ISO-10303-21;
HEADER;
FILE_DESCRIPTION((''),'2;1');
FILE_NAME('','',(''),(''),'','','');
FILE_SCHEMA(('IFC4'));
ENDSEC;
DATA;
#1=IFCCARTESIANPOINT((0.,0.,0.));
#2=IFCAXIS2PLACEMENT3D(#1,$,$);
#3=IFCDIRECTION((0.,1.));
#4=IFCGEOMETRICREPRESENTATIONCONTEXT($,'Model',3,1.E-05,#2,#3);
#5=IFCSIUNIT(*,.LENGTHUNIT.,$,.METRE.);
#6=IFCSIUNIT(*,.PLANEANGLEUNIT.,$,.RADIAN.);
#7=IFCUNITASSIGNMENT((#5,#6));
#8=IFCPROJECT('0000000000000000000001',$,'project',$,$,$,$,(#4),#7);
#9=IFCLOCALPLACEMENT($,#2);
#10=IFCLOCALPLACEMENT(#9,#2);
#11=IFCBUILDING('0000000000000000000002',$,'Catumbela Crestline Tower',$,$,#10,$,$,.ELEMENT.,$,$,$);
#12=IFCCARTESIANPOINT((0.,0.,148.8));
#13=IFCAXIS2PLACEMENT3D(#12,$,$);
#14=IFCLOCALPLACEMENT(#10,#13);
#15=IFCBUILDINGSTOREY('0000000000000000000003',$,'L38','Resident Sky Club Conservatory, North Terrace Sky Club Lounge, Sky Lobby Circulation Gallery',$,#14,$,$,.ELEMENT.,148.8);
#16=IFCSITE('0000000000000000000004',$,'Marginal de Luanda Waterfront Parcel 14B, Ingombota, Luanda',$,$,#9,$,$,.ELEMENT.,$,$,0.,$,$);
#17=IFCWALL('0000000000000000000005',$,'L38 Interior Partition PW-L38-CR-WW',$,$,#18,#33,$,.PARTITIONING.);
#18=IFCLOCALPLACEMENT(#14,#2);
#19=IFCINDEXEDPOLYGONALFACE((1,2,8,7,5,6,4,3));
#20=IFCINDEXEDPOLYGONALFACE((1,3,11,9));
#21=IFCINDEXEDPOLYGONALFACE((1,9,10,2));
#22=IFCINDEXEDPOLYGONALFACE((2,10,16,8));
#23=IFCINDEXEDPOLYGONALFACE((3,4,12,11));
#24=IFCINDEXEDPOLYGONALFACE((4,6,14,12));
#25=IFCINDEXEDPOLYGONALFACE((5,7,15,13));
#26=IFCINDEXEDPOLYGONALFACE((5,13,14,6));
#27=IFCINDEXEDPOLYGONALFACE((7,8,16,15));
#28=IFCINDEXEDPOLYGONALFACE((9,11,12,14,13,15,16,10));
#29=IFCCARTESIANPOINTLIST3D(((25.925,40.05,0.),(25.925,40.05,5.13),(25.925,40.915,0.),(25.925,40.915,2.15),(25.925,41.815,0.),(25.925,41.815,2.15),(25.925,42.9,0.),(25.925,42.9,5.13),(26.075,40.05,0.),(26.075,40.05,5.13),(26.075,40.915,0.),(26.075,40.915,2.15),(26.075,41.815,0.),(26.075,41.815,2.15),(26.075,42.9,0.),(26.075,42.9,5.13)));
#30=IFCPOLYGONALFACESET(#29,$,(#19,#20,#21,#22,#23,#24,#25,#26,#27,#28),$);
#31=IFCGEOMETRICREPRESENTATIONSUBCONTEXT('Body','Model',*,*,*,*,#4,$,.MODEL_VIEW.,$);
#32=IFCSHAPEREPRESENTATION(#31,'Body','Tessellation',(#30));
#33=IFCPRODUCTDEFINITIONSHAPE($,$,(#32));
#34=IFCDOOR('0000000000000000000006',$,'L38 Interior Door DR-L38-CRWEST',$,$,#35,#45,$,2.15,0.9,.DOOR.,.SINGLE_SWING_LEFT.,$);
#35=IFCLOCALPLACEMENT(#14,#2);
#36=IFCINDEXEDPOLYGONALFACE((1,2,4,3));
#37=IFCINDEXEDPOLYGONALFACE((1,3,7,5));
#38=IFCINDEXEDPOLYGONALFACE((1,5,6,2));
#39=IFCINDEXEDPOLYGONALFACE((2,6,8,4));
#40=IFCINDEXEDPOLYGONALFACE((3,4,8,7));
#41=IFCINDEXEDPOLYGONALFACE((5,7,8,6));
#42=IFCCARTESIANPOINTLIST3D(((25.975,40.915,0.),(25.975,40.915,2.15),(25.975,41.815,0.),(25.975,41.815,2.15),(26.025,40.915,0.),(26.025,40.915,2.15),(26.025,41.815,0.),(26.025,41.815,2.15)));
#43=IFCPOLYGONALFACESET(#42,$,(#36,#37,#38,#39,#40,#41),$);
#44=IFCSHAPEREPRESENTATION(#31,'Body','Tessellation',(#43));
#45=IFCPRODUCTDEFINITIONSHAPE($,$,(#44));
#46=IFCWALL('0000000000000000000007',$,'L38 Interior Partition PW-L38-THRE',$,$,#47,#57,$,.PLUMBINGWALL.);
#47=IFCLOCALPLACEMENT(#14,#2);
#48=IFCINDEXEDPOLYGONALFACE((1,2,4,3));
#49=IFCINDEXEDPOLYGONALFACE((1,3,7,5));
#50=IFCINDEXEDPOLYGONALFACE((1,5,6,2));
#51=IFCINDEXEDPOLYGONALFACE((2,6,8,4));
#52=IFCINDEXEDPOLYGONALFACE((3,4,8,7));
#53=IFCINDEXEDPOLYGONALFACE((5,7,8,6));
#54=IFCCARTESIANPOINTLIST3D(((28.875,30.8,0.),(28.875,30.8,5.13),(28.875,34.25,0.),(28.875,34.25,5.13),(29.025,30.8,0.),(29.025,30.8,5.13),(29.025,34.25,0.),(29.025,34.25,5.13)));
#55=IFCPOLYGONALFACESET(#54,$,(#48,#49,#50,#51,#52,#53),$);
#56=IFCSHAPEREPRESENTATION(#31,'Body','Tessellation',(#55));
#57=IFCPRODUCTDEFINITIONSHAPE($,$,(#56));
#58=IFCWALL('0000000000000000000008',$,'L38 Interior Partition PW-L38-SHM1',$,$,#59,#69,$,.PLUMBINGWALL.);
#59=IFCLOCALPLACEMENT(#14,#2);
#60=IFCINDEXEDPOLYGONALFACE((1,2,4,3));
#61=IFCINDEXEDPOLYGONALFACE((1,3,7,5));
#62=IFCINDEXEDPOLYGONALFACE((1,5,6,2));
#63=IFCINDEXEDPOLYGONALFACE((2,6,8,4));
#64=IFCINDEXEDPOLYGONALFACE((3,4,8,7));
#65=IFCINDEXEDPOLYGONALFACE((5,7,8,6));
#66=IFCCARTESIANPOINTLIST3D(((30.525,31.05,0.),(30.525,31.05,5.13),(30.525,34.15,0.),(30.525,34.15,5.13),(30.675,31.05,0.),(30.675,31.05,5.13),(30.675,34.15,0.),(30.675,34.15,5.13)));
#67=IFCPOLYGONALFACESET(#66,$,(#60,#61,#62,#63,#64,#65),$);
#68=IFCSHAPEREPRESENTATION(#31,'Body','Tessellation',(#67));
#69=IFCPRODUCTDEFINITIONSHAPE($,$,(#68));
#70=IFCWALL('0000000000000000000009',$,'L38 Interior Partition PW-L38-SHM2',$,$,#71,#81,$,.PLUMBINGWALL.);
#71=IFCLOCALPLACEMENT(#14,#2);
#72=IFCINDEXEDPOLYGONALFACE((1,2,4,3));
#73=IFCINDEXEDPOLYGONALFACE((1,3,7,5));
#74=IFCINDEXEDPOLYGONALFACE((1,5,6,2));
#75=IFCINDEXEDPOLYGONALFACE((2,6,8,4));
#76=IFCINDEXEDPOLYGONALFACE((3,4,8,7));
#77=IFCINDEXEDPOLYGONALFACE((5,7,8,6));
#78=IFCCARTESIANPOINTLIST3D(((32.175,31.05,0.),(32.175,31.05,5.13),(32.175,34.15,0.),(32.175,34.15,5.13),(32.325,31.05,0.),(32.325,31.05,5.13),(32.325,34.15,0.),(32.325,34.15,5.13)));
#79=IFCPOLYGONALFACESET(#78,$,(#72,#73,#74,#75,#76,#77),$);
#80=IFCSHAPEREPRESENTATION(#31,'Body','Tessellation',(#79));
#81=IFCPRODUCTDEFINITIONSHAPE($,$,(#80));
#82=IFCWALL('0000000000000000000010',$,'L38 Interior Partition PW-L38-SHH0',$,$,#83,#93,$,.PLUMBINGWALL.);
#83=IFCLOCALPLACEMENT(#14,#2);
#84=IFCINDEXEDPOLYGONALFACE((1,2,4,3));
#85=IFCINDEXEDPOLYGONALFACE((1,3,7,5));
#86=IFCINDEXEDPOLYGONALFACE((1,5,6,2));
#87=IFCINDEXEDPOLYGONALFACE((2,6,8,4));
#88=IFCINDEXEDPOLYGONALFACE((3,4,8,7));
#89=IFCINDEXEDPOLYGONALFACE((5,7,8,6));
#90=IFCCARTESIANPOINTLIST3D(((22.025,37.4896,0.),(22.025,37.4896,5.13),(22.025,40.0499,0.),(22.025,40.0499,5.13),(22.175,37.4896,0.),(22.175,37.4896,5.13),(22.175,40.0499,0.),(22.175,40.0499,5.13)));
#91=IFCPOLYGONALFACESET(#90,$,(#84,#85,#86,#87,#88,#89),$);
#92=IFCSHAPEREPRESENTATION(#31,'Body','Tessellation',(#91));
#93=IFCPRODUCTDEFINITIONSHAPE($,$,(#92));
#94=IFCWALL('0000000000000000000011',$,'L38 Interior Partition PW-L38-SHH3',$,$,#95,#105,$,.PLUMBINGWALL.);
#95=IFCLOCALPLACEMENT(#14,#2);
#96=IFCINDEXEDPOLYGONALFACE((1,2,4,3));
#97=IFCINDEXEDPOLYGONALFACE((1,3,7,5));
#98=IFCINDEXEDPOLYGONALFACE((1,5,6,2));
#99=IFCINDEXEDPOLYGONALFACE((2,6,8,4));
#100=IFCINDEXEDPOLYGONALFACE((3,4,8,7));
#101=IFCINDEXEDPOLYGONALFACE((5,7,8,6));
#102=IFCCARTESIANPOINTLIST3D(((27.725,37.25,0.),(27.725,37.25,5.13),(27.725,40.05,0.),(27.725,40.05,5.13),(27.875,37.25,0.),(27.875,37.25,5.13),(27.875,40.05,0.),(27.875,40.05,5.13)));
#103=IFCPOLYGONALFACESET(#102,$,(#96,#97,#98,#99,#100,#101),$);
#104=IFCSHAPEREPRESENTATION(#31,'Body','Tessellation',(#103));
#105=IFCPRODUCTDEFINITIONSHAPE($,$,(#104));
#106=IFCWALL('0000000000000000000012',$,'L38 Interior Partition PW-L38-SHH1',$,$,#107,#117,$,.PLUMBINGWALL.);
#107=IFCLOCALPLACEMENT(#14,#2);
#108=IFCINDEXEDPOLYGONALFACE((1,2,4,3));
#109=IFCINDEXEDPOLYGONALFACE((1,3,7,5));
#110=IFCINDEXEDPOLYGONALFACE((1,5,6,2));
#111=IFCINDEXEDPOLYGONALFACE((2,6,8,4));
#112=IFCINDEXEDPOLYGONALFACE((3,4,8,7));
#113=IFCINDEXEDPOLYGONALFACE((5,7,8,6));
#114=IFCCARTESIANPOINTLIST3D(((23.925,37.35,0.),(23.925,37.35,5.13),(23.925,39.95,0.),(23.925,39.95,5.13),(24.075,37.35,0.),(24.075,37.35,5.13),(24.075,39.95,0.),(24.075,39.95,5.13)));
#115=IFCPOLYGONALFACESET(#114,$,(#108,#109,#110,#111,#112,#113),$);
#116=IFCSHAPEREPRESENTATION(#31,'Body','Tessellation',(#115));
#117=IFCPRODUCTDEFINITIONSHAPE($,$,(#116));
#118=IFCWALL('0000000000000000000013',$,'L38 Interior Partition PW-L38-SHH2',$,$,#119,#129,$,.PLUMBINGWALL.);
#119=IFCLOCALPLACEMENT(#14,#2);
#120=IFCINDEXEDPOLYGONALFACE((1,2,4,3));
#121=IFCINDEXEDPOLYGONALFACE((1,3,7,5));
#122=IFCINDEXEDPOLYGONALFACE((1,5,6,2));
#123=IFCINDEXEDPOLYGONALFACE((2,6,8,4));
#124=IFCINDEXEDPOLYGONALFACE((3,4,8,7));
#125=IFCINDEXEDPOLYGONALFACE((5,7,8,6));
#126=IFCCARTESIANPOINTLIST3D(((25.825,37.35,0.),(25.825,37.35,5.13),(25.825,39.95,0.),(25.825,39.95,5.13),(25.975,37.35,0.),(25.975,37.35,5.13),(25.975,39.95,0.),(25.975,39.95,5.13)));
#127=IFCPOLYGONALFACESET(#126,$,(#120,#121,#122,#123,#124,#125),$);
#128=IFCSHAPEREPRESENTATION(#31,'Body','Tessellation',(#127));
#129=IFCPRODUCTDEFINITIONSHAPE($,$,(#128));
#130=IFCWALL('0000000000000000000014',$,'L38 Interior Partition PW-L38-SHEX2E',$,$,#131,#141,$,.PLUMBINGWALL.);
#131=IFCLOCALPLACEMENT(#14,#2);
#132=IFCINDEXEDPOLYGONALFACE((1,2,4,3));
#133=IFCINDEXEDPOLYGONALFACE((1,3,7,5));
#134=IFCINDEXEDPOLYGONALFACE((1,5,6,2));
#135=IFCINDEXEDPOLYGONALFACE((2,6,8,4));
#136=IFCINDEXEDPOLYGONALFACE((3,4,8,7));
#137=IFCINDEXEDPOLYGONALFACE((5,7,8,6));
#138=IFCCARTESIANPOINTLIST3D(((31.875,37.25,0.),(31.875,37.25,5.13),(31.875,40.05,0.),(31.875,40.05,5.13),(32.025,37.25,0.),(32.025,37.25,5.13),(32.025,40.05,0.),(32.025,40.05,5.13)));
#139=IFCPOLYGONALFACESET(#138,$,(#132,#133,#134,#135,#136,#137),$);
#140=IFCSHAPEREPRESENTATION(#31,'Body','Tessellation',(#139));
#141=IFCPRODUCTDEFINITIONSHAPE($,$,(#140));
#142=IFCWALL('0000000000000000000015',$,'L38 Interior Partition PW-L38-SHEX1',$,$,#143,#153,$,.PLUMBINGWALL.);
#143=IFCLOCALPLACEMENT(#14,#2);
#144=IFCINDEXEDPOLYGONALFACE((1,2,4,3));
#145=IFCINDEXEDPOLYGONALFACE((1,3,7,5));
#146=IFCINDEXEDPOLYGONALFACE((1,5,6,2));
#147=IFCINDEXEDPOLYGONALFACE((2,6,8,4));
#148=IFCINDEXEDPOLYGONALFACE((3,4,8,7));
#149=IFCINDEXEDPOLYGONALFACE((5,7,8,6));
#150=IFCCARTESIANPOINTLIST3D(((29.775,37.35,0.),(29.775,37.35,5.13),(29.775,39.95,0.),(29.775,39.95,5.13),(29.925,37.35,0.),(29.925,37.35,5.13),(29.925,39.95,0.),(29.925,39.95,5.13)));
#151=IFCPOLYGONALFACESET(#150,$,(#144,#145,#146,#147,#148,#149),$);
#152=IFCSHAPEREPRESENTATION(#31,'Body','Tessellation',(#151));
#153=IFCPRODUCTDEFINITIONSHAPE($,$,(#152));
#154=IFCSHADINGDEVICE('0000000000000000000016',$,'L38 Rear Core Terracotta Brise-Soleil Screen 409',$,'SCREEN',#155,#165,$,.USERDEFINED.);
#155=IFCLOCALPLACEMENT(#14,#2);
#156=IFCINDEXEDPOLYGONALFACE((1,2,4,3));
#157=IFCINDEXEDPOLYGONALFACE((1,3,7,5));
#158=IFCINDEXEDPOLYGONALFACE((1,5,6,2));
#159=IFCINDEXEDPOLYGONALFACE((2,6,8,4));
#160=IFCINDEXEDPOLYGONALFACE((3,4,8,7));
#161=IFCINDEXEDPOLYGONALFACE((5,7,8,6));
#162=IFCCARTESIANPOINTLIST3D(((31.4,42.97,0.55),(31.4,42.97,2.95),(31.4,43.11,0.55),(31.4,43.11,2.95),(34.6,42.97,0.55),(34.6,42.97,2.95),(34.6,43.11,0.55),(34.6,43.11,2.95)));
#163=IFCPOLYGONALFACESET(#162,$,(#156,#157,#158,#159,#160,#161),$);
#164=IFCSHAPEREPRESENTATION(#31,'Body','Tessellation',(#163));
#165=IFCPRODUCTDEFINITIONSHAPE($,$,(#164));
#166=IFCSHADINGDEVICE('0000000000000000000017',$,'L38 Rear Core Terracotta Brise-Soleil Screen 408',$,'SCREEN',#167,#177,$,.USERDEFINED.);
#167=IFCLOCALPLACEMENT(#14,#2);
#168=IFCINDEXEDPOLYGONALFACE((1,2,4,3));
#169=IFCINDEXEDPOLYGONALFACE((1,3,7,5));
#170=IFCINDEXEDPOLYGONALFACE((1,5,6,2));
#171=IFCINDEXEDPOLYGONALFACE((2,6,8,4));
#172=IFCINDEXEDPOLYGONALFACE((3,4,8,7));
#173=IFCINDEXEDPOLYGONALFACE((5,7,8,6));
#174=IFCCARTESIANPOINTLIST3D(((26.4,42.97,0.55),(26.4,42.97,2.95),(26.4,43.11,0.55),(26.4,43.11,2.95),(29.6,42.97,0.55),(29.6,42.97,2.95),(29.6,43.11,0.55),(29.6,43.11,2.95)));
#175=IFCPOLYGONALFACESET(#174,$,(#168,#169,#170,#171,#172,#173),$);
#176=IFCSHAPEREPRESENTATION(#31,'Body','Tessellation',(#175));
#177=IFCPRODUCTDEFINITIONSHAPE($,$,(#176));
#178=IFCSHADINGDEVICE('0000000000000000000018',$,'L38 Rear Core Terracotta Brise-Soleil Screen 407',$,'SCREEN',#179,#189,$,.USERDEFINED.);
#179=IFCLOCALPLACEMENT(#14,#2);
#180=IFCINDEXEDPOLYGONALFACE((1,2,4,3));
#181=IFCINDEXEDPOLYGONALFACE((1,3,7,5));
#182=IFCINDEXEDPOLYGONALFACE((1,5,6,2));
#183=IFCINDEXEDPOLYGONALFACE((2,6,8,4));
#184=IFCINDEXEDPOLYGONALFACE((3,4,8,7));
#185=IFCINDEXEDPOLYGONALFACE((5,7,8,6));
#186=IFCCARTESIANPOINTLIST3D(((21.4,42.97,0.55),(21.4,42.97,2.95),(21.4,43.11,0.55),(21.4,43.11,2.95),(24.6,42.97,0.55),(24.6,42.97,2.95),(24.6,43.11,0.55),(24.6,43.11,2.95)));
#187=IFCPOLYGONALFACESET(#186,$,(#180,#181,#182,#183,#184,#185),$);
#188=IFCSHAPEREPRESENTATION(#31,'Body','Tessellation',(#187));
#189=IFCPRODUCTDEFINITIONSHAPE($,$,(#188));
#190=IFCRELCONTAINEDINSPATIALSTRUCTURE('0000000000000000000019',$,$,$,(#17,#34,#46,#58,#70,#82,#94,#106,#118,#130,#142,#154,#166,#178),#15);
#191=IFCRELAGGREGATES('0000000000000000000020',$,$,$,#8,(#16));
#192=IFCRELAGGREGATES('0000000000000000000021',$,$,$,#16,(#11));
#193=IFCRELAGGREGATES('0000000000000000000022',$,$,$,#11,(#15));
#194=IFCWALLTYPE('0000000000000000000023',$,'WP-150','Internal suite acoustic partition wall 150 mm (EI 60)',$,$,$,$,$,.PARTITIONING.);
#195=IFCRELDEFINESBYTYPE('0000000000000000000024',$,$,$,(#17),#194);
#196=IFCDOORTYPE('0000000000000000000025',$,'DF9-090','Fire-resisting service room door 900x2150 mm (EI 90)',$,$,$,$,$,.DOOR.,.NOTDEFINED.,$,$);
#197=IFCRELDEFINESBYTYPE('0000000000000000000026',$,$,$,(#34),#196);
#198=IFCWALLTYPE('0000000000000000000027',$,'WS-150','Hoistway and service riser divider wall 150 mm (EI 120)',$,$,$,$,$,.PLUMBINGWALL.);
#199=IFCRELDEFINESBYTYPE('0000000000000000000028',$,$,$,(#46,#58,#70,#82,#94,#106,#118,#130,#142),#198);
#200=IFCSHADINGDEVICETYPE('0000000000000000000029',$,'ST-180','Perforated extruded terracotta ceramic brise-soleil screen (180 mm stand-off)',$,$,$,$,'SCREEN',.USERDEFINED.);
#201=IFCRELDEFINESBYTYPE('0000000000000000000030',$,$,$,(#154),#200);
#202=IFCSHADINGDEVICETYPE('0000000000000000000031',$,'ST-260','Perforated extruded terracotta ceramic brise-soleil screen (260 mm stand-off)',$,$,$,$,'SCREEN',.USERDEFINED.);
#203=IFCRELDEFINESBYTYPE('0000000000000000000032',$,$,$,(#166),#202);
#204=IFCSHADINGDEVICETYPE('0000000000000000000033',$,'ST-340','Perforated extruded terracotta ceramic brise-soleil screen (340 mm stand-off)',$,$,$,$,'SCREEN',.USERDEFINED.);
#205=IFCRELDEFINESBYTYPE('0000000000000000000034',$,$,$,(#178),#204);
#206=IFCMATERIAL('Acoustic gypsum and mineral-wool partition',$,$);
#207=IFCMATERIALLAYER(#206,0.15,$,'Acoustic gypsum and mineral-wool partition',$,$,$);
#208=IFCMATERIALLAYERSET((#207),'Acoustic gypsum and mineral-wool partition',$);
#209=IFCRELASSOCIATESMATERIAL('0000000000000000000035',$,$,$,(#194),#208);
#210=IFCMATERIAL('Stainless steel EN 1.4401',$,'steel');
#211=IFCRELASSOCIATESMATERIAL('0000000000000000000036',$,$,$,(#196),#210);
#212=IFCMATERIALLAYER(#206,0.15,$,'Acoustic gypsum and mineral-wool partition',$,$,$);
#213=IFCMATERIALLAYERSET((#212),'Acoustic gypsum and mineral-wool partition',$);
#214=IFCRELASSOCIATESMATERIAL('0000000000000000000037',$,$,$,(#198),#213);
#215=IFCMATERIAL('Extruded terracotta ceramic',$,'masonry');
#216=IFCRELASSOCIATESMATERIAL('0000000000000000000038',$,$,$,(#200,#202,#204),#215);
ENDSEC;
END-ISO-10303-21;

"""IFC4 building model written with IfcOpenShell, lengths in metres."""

from ifc_helpers import new_model, si_unit, direction, frame, frame_2d, origin, origin_2d, place, context, subcontext, project, spatial, rectangle, extrude, material, layer, layer_set, type_object, element, fill, save


model = new_model("IFC4")

# Units and contexts
model_context = context("Model", 3, precision=1e-05, world=origin(), true_north=direction((0.0, 1.0)))
body_context = subcontext(model_context, "Body", "Model", "MODEL_VIEW")
ifc_project = project(units=[si_unit("LENGTHUNIT", "METRE"), si_unit("PLANEANGLEUNIT", "RADIAN")], contexts=[model_context])

# Site, building, storey
site_placement = place(None, origin())
site = spatial("IfcSite", under=ifc_project, at=site_placement, Name="Marginal de Luanda Waterfront Parcel 14B, Ingombota, Luanda", CompositionType="ELEMENT", RefElevation=0.0)
building_placement = place(site_placement, origin())
building = spatial("IfcBuilding", under=site, at=building_placement, Name="Catumbela Crestline Tower", CompositionType="ELEMENT")
storey_placement = place(building_placement, frame((0.0, 0.0, 148.8)))
storey = spatial("IfcBuildingStorey", under=building, at=storey_placement, Name="L38", Description="Resident Sky Club Conservatory, North Terrace Sky Club Lounge, Sky Lobby Circulation Gallery", CompositionType="ELEMENT", Elevation=148.8)

# Shared definitions
ifc_material_1 = material(Name="Stainless steel EN 1.4401", Category="steel")

# Wall, opening, door
ifc_material_2 = material(Name="Acoustic gypsum and mineral-wool partition")
ifc_layer_1 = layer(ifc_material_2, 0.15, Name="Acoustic gypsum and mineral-wool partition")
ifc_layer_set_1 = layer_set([ifc_layer_1], Name="Acoustic gypsum and mineral-wool partition")
wall_type_1 = type_object("IfcWallType", Name="WP-150", Description="Internal suite acoustic partition wall 150 mm (EI 60)", PredefinedType="PARTITIONING", material=ifc_layer_set_1)
wall_1_placement = place(storey_placement, frame((26.0, 40.05, 0.0), z_axis=(0.0, 0.0, 1.0), x_axis=(0.0, 1.0, 0.0)))
wall_1 = element("IfcWall", 1, at=wall_1_placement, inside=storey, type_object=wall_type_1, Name="L38 Interior Partition PW-L38-CR-WW", PredefinedType="PARTITIONING", context=body_context, shape_type="SweptSolid", body=[
    extrude(rectangle(XDim=2.85, YDim=0.15, at=frame_2d((1.425, 0.0))), origin(), (0.0, 0.0, 1.0), 5.13),
])
opening_1_placement = place(wall_1_placement, frame((0.865, 0.0, 0.0)))
opening_1 = element("IfcOpeningElement", 2, at=opening_1_placement, cuts=wall_1, PredefinedType="OPENING", context=body_context, shape_type="SweptSolid", body=[
    extrude(rectangle(XDim=0.9, YDim=2.15, at=frame_2d((0.45, 1.075))), frame((0.0, 0.085, 0.0), z_axis=(0.0, -1.0, 0.0), x_axis=(1.0, 0.0, 0.0)), (0.0, 0.0, 1.0), 0.17),
])
door_type_1 = type_object("IfcDoorType", Name="DF9-090", Description="Fire-resisting service room door 900x2150 mm (EI 90)", OperationType="NOTDEFINED", PredefinedType="DOOR", material=ifc_material_1)
door_1_placement = place(opening_1_placement, origin())
door_1 = element("IfcDoor", 3, at=door_1_placement, inside=storey, type_object=door_type_1, Name="L38 Interior Door DR-L38-CRWEST", OperationType="SINGLE_SWING_LEFT", OverallHeight=2.15, OverallWidth=0.9, PredefinedType="DOOR", context=body_context, shape_type="SweptSolid", body=[
    extrude(rectangle(XDim=0.9, YDim=2.15, at=frame_2d((0.45, 1.075))), frame((0.0, 0.025, 0.0), z_axis=(0.0, -1.0, 0.0), x_axis=(1.0, 0.0, 0.0)), (0.0, 0.0, 1.0), 0.05),
])
fill(opening_1, door_1)

# Walls
ifc_layer_2 = layer(ifc_material_2, 0.15, Name="Acoustic gypsum and mineral-wool partition")
ifc_layer_set_2 = layer_set([ifc_layer_2], Name="Acoustic gypsum and mineral-wool partition")
wall_type_2 = type_object("IfcWallType", Name="WS-150", Description="Hoistway and service riser divider wall 150 mm (EI 120)", PredefinedType="PLUMBINGWALL", material=ifc_layer_set_2)
wall_2_placement = place(storey_placement, frame((28.95, 30.8, 0.0), z_axis=(0.0, 0.0, 1.0), x_axis=(0.0, 1.0, 0.0)))
element("IfcWall", 4, at=wall_2_placement, inside=storey, type_object=wall_type_2, Name="L38 Interior Partition PW-L38-THRE", PredefinedType="PLUMBINGWALL", context=body_context, shape_type="SweptSolid", body=[
    extrude(rectangle(XDim=3.45, YDim=0.15, at=frame_2d((1.725, 0.0))), origin(), (0.0, 0.0, 1.0), 5.13),
])
for number, where, z_axis, x_axis, name in (
    (5, (30.6, 31.05, 0.0), (0.0, 0.0, 1.0), (0.0, 1.0, 0.0), "L38 Interior Partition PW-L38-SHM1"),
    (6, (32.25, 31.05, 0.0), (0.0, 0.0, 1.0), (0.0, 1.0, 0.0), "L38 Interior Partition PW-L38-SHM2"),
):
    element("IfcWall", number, at=place(storey_placement, frame(where, z_axis=z_axis, x_axis=x_axis)), inside=storey, type_object=wall_type_2, Name=name, PredefinedType="PLUMBINGWALL", context=body_context, shape_type="SweptSolid", body=[
        extrude(rectangle(XDim=3.1, YDim=0.15, at=frame_2d((1.55, 0.0))), origin(), (0.0, 0.0, 1.0), 5.13),
    ])
wall_3_placement = place(storey_placement, frame((22.1, 37.4897, 0.0), z_axis=(0.0, 0.0, 1.0), x_axis=(0.0, 1.0, 0.0)))
element("IfcWall", 7, at=wall_3_placement, inside=storey, type_object=wall_type_2, Name="L38 Interior Partition PW-L38-SHH0", PredefinedType="PLUMBINGWALL", context=body_context, shape_type="SweptSolid", body=[
    extrude(rectangle(XDim=2.5603, YDim=0.15, at=frame_2d((1.2801, 0.0))), origin(), (0.0, 0.0, 1.0), 5.13),
])
wall_4_placement = place(storey_placement, frame((27.8, 37.25, 0.0), z_axis=(0.0, 0.0, 1.0), x_axis=(0.0, 1.0, 0.0)))
element("IfcWall", 8, at=wall_4_placement, inside=storey, type_object=wall_type_2, Name="L38 Interior Partition PW-L38-SHH3", PredefinedType="PLUMBINGWALL", context=body_context, shape_type="SweptSolid", body=[
    extrude(rectangle(XDim=2.8, YDim=0.15, at=frame_2d((1.4, 0.0))), origin(), (0.0, 0.0, 1.0), 5.13),
])
for number, where, z_axis, x_axis, name in (
    (9, (24.0, 37.35, 0.0), (0.0, 0.0, 1.0), (0.0, 1.0, 0.0), "L38 Interior Partition PW-L38-SHH1"),
    (10, (25.9, 37.35, 0.0), (0.0, 0.0, 1.0), (0.0, 1.0, 0.0), "L38 Interior Partition PW-L38-SHH2"),
):
    element("IfcWall", number, at=place(storey_placement, frame(where, z_axis=z_axis, x_axis=x_axis)), inside=storey, type_object=wall_type_2, Name=name, PredefinedType="PLUMBINGWALL", context=body_context, shape_type="SweptSolid", body=[
        extrude(rectangle(XDim=2.6, YDim=0.15, at=frame_2d((1.3, 0.0))), origin(), (0.0, 0.0, 1.0), 5.13),
    ])
wall_5_placement = place(storey_placement, frame((31.95, 37.25, 0.0), z_axis=(0.0, 0.0, 1.0), x_axis=(0.0, 1.0, 0.0)))
element("IfcWall", 11, at=wall_5_placement, inside=storey, type_object=wall_type_2, Name="L38 Interior Partition PW-L38-SHEX2E", PredefinedType="PLUMBINGWALL", context=body_context, shape_type="SweptSolid", body=[
    extrude(rectangle(XDim=2.8, YDim=0.15, at=frame_2d((1.4, 0.0))), origin(), (0.0, 0.0, 1.0), 5.13),
])
wall_6_placement = place(storey_placement, frame((29.85, 37.35, 0.0), z_axis=(0.0, 0.0, 1.0), x_axis=(0.0, 1.0, 0.0)))
element("IfcWall", 12, at=wall_6_placement, inside=storey, type_object=wall_type_2, Name="L38 Interior Partition PW-L38-SHEX1", PredefinedType="PLUMBINGWALL", context=body_context, shape_type="SweptSolid", body=[
    extrude(rectangle(XDim=2.6, YDim=0.15, at=frame_2d((1.3, 0.0))), origin(), (0.0, 0.0, 1.0), 5.13),
])

# Shading devices
ifc_material_3 = material(Name="Extruded terracotta ceramic", Category="masonry")
shading_device_type_1 = type_object("IfcShadingDeviceType", Name="ST-180", Description="Perforated extruded terracotta ceramic brise-soleil screen (180 mm stand-off)", ElementType="SCREEN", PredefinedType="USERDEFINED", material=ifc_material_3)
shading_device_1_placement = place(storey_placement, frame((33.0, 43.04, 0.55), z_axis=(0.0, 0.0, 1.0), x_axis=(1.0, 0.0, 0.0)))
element("IfcShadingDevice", 13, at=shading_device_1_placement, inside=storey, type_object=shading_device_type_1, Name="L38 Rear Core Terracotta Brise-Soleil Screen 409", ObjectType="SCREEN", PredefinedType="USERDEFINED", context=body_context, shape_type="SweptSolid", body=[
    extrude(rectangle(XDim=3.2, YDim=0.14, at=origin_2d()), origin(), (0.0, 0.0, 1.0), 2.4),
])
shading_device_type_2 = type_object("IfcShadingDeviceType", Name="ST-260", Description="Perforated extruded terracotta ceramic brise-soleil screen (260 mm stand-off)", ElementType="SCREEN", PredefinedType="USERDEFINED", material=ifc_material_3)
shading_device_2_placement = place(storey_placement, frame((28.0, 43.04, 0.55), z_axis=(0.0, 0.0, 1.0), x_axis=(1.0, 0.0, 0.0)))
element("IfcShadingDevice", 14, at=shading_device_2_placement, inside=storey, type_object=shading_device_type_2, Name="L38 Rear Core Terracotta Brise-Soleil Screen 408", ObjectType="SCREEN", PredefinedType="USERDEFINED", context=body_context, shape_type="SweptSolid", body=[
    extrude(rectangle(XDim=3.2, YDim=0.14, at=origin_2d()), origin(), (0.0, 0.0, 1.0), 2.4),
])
shading_device_type_3 = type_object("IfcShadingDeviceType", Name="ST-340", Description="Perforated extruded terracotta ceramic brise-soleil screen (340 mm stand-off)", ElementType="SCREEN", PredefinedType="USERDEFINED", material=ifc_material_3)
shading_device_3_placement = place(storey_placement, frame((23.0, 43.04, 0.55), z_axis=(0.0, 0.0, 1.0), x_axis=(1.0, 0.0, 0.0)))
element("IfcShadingDevice", 15, at=shading_device_3_placement, inside=storey, type_object=shading_device_type_3, Name="L38 Rear Core Terracotta Brise-Soleil Screen 407", ObjectType="SCREEN", PredefinedType="USERDEFINED", context=body_context, shape_type="SweptSolid", body=[
    extrude(rectangle(XDim=3.2, YDim=0.14, at=origin_2d()), origin(), (0.0, 0.0, 1.0), 2.4),
])

save(model, "model.ifc")
